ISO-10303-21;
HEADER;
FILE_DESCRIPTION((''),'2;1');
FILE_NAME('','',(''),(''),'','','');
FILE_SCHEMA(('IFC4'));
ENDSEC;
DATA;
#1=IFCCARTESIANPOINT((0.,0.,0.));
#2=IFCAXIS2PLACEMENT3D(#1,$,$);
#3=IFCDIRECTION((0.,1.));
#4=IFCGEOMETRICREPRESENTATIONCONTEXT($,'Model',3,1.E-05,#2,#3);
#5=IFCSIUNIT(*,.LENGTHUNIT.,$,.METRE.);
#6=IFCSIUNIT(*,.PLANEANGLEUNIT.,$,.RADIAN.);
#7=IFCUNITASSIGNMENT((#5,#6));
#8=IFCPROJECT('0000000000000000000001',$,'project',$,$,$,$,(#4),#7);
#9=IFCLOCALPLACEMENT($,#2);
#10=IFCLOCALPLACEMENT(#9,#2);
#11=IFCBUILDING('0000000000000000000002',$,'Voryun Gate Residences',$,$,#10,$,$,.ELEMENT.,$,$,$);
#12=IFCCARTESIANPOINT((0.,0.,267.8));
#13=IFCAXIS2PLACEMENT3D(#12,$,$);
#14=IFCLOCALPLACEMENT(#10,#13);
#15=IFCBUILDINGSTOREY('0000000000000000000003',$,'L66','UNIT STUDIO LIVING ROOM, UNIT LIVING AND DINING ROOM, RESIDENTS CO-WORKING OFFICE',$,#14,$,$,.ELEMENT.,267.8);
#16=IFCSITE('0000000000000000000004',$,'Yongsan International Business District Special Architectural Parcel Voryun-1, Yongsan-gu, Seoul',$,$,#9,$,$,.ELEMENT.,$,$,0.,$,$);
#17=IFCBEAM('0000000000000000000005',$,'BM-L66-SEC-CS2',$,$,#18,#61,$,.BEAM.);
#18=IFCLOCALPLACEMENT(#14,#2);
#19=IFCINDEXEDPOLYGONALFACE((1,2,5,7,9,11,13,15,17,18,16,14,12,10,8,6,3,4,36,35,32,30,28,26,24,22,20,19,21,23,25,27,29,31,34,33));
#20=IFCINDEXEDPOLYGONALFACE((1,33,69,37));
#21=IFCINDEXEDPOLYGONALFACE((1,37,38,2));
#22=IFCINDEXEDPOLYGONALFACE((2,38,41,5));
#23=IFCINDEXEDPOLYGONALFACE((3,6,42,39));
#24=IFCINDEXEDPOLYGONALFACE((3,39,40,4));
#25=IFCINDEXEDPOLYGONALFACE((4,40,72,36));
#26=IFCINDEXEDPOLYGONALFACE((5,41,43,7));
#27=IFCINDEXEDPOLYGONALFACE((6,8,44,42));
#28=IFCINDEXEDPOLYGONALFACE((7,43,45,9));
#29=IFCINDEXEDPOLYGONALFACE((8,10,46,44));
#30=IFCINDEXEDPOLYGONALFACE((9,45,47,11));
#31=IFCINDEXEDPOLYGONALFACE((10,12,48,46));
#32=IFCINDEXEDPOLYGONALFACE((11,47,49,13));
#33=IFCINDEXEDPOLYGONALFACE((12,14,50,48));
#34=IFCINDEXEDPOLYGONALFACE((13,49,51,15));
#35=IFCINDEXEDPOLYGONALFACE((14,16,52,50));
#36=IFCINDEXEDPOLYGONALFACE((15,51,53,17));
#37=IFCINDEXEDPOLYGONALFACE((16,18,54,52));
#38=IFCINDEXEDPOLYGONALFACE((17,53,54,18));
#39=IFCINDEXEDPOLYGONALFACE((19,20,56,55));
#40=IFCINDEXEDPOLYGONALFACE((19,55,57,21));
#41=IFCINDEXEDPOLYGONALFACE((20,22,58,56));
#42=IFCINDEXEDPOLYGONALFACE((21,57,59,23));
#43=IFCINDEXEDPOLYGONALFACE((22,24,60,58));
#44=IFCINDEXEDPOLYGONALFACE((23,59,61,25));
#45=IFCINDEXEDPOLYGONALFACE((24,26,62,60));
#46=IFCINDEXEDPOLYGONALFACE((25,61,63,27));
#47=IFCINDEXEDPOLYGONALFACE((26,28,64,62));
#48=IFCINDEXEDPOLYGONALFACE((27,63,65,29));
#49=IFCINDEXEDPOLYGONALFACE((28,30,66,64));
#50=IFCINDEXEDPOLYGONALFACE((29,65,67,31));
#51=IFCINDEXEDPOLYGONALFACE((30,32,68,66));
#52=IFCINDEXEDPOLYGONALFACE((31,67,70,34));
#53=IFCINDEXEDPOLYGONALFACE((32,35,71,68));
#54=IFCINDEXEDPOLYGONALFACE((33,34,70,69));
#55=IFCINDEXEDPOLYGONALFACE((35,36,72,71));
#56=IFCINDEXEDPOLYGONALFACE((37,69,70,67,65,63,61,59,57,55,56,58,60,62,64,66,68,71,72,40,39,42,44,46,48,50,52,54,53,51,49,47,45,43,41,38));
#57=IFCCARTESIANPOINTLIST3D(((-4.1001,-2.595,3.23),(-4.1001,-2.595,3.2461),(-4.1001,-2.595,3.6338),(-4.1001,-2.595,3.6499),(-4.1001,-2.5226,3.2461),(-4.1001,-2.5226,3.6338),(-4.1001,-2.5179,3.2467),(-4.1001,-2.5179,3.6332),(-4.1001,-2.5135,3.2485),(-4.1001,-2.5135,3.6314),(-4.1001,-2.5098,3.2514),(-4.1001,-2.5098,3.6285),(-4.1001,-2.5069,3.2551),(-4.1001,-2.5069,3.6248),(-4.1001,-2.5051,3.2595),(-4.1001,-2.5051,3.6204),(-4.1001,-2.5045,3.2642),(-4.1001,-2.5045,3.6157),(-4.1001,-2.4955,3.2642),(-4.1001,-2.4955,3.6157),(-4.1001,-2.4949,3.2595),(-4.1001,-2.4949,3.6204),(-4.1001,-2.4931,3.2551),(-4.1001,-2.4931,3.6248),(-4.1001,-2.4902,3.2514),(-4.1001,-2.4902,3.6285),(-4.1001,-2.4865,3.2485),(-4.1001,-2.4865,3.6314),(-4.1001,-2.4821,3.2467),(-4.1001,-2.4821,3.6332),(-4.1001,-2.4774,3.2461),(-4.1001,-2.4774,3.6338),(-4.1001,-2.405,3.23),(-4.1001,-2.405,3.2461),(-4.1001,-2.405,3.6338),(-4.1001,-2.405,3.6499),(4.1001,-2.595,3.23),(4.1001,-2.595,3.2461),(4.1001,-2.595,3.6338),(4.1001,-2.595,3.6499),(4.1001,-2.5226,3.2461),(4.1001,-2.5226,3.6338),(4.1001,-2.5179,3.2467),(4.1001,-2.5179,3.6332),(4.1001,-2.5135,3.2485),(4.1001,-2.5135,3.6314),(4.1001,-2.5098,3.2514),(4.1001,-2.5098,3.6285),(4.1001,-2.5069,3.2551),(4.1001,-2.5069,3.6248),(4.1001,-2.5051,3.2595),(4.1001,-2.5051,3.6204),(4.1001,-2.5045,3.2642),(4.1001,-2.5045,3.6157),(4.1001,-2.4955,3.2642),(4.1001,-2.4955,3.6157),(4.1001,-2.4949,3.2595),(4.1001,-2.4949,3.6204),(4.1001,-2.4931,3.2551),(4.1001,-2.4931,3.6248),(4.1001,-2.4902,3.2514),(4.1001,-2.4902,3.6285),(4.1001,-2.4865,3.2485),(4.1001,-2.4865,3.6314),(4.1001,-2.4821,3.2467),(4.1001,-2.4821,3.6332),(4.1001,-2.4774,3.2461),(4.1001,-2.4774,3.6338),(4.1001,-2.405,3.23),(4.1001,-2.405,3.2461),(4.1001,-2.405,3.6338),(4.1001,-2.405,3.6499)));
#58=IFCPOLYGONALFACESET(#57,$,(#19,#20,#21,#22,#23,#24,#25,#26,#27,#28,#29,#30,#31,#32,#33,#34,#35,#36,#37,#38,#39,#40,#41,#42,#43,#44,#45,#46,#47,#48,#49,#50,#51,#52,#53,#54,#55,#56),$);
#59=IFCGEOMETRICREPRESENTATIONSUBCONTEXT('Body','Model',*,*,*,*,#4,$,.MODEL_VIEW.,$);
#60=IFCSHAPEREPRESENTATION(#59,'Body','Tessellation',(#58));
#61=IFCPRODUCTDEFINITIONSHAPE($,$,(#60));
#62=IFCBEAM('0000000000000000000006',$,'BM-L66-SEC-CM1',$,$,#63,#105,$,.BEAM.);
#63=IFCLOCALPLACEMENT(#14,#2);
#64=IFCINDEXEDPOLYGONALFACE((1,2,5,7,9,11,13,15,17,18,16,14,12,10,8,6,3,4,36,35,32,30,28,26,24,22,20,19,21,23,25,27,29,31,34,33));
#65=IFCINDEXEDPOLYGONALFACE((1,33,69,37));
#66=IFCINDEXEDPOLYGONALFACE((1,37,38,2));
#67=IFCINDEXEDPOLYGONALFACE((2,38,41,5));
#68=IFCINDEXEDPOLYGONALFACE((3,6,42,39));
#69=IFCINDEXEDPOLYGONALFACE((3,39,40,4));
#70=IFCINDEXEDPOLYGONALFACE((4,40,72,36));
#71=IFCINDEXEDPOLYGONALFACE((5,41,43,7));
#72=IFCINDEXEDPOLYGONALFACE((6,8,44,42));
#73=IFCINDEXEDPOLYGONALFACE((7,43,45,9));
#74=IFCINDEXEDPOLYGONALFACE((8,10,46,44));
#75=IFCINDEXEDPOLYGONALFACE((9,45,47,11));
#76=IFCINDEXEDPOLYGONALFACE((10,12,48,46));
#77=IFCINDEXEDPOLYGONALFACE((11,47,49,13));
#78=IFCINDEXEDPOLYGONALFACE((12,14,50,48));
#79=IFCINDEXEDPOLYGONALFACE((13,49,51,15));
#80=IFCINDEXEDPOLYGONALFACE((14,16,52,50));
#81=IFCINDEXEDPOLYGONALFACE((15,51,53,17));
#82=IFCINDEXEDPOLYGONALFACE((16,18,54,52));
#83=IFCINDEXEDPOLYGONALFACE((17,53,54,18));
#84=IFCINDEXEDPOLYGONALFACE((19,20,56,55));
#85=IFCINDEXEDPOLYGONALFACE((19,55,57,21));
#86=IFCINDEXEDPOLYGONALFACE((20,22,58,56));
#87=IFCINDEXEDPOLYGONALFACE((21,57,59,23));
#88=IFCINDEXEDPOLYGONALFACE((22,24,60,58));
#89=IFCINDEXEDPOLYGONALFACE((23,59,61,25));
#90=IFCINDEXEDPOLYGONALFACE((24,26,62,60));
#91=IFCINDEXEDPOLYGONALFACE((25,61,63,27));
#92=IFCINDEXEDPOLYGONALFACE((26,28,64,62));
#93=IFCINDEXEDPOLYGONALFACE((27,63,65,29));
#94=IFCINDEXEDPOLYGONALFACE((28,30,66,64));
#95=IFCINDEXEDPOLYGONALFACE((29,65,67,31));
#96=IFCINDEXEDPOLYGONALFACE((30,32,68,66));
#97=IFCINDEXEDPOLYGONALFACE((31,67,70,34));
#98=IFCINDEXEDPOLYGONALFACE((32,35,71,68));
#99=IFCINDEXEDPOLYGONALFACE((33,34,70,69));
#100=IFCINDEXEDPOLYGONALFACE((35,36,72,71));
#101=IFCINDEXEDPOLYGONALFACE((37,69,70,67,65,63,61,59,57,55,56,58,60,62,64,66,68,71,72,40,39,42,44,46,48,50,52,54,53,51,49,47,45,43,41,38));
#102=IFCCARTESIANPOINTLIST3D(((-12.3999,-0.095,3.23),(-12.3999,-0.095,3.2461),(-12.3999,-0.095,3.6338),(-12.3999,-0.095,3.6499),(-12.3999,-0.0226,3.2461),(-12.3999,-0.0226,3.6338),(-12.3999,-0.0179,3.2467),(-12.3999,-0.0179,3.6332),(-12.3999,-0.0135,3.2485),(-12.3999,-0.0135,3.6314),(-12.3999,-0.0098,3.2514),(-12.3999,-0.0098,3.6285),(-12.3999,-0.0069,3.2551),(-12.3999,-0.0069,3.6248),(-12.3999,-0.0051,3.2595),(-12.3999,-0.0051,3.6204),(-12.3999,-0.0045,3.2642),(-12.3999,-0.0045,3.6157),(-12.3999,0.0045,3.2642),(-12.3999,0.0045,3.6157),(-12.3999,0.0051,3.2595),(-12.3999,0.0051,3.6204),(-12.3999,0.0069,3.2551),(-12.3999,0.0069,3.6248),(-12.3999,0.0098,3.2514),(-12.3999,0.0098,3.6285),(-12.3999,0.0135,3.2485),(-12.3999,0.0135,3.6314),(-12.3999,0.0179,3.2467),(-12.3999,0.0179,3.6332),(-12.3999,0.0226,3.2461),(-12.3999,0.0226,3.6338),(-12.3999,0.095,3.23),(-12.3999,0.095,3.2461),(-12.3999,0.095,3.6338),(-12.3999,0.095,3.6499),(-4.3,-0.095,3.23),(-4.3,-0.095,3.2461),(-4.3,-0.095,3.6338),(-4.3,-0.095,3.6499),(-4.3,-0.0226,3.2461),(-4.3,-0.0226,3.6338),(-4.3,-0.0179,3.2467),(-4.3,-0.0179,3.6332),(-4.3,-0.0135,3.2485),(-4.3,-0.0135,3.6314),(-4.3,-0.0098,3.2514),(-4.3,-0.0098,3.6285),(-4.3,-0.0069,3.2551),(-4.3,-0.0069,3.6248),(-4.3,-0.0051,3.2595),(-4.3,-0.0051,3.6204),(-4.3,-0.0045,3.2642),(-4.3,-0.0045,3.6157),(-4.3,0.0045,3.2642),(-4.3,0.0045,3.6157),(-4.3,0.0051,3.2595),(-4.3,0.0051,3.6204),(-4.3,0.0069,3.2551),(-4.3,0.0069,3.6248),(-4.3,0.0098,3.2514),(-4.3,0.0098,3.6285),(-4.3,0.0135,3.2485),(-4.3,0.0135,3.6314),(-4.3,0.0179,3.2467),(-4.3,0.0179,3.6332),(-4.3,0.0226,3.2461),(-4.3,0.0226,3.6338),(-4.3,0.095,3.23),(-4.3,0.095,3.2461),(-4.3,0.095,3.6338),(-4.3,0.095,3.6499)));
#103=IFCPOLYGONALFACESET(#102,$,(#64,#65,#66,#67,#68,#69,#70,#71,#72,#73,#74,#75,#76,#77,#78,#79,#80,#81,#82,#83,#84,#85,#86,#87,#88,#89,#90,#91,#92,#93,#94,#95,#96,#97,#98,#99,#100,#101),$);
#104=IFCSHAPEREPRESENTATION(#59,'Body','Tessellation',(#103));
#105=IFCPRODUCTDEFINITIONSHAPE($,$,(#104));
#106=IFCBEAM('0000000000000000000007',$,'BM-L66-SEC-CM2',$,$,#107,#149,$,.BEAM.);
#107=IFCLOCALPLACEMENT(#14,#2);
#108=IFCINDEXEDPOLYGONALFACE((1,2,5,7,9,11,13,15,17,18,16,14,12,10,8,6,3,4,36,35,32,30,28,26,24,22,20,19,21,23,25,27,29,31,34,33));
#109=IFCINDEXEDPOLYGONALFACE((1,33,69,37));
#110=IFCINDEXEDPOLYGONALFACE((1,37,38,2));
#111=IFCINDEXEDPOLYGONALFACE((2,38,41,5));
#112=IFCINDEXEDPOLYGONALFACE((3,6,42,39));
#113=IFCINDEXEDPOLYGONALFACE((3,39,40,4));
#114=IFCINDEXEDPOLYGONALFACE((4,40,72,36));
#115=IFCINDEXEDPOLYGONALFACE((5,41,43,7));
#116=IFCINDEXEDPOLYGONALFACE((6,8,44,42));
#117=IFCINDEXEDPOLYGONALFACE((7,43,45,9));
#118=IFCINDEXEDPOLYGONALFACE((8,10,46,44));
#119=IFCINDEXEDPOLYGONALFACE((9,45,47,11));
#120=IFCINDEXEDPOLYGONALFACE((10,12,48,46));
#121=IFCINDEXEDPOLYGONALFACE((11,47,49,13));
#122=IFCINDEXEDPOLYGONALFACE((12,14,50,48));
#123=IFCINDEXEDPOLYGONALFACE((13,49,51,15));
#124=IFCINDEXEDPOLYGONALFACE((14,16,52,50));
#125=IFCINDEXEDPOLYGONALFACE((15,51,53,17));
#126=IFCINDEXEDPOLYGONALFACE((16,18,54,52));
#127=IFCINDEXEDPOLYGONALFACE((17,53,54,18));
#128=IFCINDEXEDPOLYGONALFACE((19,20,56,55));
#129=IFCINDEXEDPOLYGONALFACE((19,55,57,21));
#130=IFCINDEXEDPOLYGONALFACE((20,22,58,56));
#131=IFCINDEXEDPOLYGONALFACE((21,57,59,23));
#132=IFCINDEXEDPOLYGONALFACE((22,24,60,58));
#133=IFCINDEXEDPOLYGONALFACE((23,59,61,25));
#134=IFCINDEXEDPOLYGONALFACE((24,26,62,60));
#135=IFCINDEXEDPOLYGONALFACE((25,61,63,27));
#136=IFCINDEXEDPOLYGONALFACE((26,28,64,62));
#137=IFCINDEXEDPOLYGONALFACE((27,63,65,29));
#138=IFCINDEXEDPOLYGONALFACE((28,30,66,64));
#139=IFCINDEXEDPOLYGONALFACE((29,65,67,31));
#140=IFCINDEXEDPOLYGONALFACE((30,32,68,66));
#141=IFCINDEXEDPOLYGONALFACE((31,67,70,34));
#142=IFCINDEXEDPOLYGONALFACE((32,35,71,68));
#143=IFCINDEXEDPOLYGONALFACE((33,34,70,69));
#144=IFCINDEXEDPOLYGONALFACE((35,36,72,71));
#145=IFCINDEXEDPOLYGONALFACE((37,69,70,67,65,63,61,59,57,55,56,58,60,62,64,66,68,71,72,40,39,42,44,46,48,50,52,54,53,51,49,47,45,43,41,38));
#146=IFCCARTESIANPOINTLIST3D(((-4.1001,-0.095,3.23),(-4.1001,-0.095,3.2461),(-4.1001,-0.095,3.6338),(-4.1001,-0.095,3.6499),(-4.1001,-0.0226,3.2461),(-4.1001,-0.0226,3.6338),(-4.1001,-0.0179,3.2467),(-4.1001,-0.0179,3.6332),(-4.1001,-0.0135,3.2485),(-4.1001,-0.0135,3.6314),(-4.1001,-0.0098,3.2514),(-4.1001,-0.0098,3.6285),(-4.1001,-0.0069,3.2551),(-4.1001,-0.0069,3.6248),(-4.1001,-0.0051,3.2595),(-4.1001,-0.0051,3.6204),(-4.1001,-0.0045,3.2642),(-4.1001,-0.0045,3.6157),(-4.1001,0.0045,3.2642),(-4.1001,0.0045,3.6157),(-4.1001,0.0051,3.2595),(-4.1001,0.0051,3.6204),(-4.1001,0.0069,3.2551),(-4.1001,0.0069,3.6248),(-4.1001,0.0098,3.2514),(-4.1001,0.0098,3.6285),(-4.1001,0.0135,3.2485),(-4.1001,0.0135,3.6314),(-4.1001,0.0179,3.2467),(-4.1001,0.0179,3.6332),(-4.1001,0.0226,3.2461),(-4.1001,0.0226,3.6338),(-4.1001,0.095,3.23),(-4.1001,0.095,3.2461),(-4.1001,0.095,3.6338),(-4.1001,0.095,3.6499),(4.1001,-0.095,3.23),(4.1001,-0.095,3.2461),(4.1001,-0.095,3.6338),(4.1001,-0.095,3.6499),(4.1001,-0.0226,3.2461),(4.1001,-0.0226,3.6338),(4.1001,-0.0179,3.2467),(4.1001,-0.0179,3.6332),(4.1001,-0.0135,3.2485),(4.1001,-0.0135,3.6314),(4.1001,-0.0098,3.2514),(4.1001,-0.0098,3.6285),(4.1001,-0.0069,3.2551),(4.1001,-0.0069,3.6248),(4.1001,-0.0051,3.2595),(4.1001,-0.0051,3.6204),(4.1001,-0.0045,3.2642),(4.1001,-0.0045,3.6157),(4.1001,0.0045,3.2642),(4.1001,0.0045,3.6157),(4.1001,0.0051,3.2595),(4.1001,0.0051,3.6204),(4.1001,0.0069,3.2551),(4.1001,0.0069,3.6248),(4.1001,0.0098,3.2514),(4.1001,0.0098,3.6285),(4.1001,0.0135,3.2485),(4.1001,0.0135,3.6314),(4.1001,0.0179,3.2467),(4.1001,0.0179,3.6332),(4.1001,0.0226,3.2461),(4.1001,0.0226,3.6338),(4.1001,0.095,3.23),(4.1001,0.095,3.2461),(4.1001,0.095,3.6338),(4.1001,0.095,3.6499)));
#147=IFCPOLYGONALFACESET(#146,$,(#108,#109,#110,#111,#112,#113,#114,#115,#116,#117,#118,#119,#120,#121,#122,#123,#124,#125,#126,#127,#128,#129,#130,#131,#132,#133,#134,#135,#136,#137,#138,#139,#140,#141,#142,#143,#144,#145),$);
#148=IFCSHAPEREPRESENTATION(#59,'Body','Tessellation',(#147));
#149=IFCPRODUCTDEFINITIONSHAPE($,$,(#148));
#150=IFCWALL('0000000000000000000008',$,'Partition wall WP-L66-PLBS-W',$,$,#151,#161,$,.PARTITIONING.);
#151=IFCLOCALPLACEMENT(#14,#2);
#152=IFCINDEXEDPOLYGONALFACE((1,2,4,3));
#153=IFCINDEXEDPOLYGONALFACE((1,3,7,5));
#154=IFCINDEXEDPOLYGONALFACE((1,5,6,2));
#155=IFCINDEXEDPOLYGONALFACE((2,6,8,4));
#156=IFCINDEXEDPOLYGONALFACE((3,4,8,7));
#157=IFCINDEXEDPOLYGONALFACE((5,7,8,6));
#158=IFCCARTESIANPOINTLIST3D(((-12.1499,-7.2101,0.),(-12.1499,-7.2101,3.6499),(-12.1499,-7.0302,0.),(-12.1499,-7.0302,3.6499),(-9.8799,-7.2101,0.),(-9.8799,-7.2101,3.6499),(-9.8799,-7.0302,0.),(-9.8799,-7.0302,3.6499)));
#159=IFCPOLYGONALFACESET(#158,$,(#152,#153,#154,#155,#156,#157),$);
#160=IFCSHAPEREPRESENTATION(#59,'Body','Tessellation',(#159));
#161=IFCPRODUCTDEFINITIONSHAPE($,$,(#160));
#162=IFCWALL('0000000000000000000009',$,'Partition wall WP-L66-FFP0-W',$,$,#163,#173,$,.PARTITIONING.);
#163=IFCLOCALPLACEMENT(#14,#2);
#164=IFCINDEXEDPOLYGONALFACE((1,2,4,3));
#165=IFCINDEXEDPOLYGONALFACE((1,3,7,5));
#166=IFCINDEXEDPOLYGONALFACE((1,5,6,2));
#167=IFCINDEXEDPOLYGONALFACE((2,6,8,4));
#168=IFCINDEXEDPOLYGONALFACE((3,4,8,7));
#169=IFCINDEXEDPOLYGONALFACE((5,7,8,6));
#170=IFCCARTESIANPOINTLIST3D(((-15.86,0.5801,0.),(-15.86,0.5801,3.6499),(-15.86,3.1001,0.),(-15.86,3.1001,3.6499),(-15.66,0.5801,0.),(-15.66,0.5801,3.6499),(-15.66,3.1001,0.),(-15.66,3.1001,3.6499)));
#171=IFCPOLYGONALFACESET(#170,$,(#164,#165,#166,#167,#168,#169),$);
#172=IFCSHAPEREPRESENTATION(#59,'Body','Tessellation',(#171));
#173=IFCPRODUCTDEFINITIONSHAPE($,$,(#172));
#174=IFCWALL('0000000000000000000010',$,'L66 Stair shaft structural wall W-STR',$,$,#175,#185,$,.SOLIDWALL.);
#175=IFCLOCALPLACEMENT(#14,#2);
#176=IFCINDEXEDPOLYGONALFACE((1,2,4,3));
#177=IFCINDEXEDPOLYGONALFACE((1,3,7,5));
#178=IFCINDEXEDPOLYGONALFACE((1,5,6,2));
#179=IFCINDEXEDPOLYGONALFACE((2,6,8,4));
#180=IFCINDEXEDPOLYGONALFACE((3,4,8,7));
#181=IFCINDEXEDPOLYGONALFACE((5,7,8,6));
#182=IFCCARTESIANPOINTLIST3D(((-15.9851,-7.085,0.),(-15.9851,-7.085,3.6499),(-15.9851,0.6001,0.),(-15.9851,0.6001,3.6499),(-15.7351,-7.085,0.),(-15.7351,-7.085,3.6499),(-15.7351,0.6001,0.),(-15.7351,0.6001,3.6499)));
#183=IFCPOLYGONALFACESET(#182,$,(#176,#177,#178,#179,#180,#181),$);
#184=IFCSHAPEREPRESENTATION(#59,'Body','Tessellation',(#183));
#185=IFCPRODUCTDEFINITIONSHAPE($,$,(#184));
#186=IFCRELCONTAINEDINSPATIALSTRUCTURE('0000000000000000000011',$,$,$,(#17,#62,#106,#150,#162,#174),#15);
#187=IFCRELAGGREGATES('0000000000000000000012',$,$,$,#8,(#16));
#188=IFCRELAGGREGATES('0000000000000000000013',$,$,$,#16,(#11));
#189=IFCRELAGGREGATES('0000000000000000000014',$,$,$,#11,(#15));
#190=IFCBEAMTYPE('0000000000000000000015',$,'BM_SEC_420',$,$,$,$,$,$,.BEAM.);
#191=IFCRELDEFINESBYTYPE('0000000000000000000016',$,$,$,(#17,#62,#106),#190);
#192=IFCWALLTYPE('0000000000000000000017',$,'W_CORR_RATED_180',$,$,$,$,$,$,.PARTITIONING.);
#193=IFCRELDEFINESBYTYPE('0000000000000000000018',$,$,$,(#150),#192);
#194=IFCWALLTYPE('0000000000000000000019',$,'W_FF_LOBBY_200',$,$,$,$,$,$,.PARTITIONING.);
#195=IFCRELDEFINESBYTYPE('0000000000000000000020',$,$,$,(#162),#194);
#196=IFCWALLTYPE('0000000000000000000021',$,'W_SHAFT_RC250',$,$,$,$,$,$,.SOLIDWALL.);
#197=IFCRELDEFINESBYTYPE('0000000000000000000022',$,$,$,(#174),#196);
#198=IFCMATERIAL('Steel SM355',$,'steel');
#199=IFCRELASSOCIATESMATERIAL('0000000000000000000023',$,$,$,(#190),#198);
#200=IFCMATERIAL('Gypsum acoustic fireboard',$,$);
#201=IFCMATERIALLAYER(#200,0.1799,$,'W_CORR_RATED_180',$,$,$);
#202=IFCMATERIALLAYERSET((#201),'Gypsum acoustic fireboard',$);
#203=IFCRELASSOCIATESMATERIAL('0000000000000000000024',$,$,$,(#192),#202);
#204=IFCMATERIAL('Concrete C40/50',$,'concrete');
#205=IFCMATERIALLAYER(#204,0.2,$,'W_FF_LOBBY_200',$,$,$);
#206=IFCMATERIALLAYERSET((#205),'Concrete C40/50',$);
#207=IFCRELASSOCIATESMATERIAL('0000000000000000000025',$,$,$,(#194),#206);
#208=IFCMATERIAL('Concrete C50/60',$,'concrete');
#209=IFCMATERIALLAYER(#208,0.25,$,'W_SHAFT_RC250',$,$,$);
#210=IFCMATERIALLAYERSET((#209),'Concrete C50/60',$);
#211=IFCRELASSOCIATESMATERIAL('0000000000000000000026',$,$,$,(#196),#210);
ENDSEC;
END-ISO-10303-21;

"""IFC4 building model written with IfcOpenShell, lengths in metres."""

from ifc_helpers import new_model, si_unit, direction, frame, frame_2d, origin, origin_2d, place, context, subcontext, project, spatial, rectangle, i_section, extrude, material, layer, layer_set, material_profile, profile_set, type_object, element, save


model = new_model("IFC4")

# Units and contexts
model_context = context("Model", 3, precision=1e-05, world=origin(), true_north=direction((0.0, 1.0)))
body_context = subcontext(model_context, "Body", "Model", "MODEL_VIEW")
ifc_project = project(units=[si_unit("LENGTHUNIT", "METRE"), si_unit("PLANEANGLEUNIT", "RADIAN")], contexts=[model_context])

# Site, building, storey
site_placement = place(None, origin())
site = spatial("IfcSite", under=ifc_project, at=site_placement, Name="Yongsan International Business District Special Architectural Parcel Voryun-1, Yongsan-gu, Seoul", CompositionType="ELEMENT", RefElevation=0.0)
building_placement = place(site_placement, origin())
building = spatial("IfcBuilding", under=site, at=building_placement, Name="Voryun Gate Residences", CompositionType="ELEMENT")
storey_placement = place(building_placement, frame((0.0, 0.0, 267.8)))
storey = spatial("IfcBuildingStorey", under=building, at=storey_placement, Name="L66", Description="UNIT STUDIO LIVING ROOM, UNIT LIVING AND DINING ROOM, RESIDENTS CO-WORKING OFFICE", CompositionType="ELEMENT", Elevation=267.8)

# Beams
ifc_material_1 = material(Name="Steel SM355", Category="steel")
ifc_material_profile_1 = material_profile(ifc_material_1, i_section(OverallWidth=0.1899, OverallDepth=0.4199, WebThickness=0.009, FlangeThickness=0.0161, FilletRadius=0.0181, at=origin_2d()), Name="H-420x190x9x16")
ifc_profile_set_1 = profile_set([ifc_material_profile_1], Name="Steel SM355")
beam_type_1 = type_object("IfcBeamType", Name="BM_SEC_420", PredefinedType="BEAM", material=ifc_profile_set_1)
beam_1_placement = place(storey_placement, frame((-4.1001, -2.5, 3.4399), z_axis=(1.0, 0.0, 0.0), x_axis=(0.0, 1.0, 0.0)))
element("IfcBeam", 1, at=beam_1_placement, inside=storey, type_object=beam_type_1, Name="BM-L66-SEC-CS2", PredefinedType="BEAM", context=body_context, shape_type="SweptSolid", body=[
    extrude(i_section(OverallWidth=0.1899, OverallDepth=0.4199, WebThickness=0.009, FlangeThickness=0.0161, FilletRadius=0.0181, at=origin_2d()), origin(), (0.0, 0.0, 1.0), 8.2002),
])
beam_2_placement = place(storey_placement, frame((-12.3999, 0.0, 3.4399), z_axis=(1.0, 0.0, 0.0), x_axis=(0.0, 1.0, 0.0)))
element("IfcBeam", 2, at=beam_2_placement, inside=storey, type_object=beam_type_1, Name="BM-L66-SEC-CM1", PredefinedType="BEAM", context=body_context, shape_type="SweptSolid", body=[
    extrude(i_section(OverallWidth=0.1899, OverallDepth=0.4199, WebThickness=0.009, FlangeThickness=0.0161, FilletRadius=0.0181, at=origin_2d()), origin(), (0.0, 0.0, 1.0), 8.0999),
])
beam_3_placement = place(storey_placement, frame((-4.1001, 0.0, 3.4399), z_axis=(1.0, 0.0, 0.0), x_axis=(0.0, 1.0, 0.0)))
element("IfcBeam", 3, at=beam_3_placement, inside=storey, type_object=beam_type_1, Name="BM-L66-SEC-CM2", PredefinedType="BEAM", context=body_context, shape_type="SweptSolid", body=[
    extrude(i_section(OverallWidth=0.1899, OverallDepth=0.4199, WebThickness=0.009, FlangeThickness=0.0161, FilletRadius=0.0181, at=origin_2d()), origin(), (0.0, 0.0, 1.0), 8.2002),
])

# Walls
ifc_material_2 = material(Name="Gypsum acoustic fireboard")
ifc_layer_1 = layer(ifc_material_2, 0.1799, Name="W_CORR_RATED_180")
ifc_layer_set_1 = layer_set([ifc_layer_1], Name="Gypsum acoustic fireboard")
wall_type_1 = type_object("IfcWallType", Name="W_CORR_RATED_180", PredefinedType="PARTITIONING", material=ifc_layer_set_1)
wall_1_placement = place(storey_placement, frame((-12.1499, -7.1201, 0.0), z_axis=(0.0, 0.0, 1.0), x_axis=(1.0, 0.0, 0.0)))
element("IfcWall", 4, at=wall_1_placement, inside=storey, type_object=wall_type_1, Name="Partition wall WP-L66-PLBS-W", PredefinedType="PARTITIONING", context=body_context, shape_type="SweptSolid", body=[
    extrude(rectangle(XDim=2.27, YDim=0.1799, at=frame_2d((1.135, 0.0))), origin(), (0.0, 0.0, 1.0), 3.6499),
])
ifc_material_3 = material(Name="Concrete C40/50", Category="concrete")
ifc_layer_2 = layer(ifc_material_3, 0.2, Name="W_FF_LOBBY_200")
ifc_layer_set_2 = layer_set([ifc_layer_2], Name="Concrete C40/50")
wall_type_2 = type_object("IfcWallType", Name="W_FF_LOBBY_200", PredefinedType="PARTITIONING", material=ifc_layer_set_2)
wall_2_placement = place(storey_placement, frame((-15.76, 0.5801, 0.0), z_axis=(0.0, 0.0, 1.0), x_axis=(0.0, 1.0, 0.0)))
element("IfcWall", 5, at=wall_2_placement, inside=storey, type_object=wall_type_2, Name="Partition wall WP-L66-FFP0-W", PredefinedType="PARTITIONING", context=body_context, shape_type="SweptSolid", body=[
    extrude(rectangle(XDim=2.52, YDim=0.2, at=frame_2d((1.26, 0.0))), origin(), (0.0, 0.0, 1.0), 3.6499),
])
ifc_material_4 = material(Name="Concrete C50/60", Category="concrete")
ifc_layer_3 = layer(ifc_material_4, 0.25, Name="W_SHAFT_RC250")
ifc_layer_set_3 = layer_set([ifc_layer_3], Name="Concrete C50/60")
wall_type_3 = type_object("IfcWallType", Name="W_SHAFT_RC250", PredefinedType="SOLIDWALL", material=ifc_layer_set_3)
wall_3_placement = place(storey_placement, frame((-15.8601, -7.085, 0.0), z_axis=(0.0, 0.0, 1.0), x_axis=(0.0, 1.0, 0.0)))
element("IfcWall", 6, at=wall_3_placement, inside=storey, type_object=wall_type_3, Name="L66 Stair shaft structural wall W-STR", PredefinedType="SOLIDWALL", context=body_context, shape_type="SweptSolid", body=[
    extrude(rectangle(XDim=7.6851, YDim=0.25, at=frame_2d((3.8425, 0.0))), origin(), (0.0, 0.0, 1.0), 3.6499),
])

save(model, "model.ifc")
